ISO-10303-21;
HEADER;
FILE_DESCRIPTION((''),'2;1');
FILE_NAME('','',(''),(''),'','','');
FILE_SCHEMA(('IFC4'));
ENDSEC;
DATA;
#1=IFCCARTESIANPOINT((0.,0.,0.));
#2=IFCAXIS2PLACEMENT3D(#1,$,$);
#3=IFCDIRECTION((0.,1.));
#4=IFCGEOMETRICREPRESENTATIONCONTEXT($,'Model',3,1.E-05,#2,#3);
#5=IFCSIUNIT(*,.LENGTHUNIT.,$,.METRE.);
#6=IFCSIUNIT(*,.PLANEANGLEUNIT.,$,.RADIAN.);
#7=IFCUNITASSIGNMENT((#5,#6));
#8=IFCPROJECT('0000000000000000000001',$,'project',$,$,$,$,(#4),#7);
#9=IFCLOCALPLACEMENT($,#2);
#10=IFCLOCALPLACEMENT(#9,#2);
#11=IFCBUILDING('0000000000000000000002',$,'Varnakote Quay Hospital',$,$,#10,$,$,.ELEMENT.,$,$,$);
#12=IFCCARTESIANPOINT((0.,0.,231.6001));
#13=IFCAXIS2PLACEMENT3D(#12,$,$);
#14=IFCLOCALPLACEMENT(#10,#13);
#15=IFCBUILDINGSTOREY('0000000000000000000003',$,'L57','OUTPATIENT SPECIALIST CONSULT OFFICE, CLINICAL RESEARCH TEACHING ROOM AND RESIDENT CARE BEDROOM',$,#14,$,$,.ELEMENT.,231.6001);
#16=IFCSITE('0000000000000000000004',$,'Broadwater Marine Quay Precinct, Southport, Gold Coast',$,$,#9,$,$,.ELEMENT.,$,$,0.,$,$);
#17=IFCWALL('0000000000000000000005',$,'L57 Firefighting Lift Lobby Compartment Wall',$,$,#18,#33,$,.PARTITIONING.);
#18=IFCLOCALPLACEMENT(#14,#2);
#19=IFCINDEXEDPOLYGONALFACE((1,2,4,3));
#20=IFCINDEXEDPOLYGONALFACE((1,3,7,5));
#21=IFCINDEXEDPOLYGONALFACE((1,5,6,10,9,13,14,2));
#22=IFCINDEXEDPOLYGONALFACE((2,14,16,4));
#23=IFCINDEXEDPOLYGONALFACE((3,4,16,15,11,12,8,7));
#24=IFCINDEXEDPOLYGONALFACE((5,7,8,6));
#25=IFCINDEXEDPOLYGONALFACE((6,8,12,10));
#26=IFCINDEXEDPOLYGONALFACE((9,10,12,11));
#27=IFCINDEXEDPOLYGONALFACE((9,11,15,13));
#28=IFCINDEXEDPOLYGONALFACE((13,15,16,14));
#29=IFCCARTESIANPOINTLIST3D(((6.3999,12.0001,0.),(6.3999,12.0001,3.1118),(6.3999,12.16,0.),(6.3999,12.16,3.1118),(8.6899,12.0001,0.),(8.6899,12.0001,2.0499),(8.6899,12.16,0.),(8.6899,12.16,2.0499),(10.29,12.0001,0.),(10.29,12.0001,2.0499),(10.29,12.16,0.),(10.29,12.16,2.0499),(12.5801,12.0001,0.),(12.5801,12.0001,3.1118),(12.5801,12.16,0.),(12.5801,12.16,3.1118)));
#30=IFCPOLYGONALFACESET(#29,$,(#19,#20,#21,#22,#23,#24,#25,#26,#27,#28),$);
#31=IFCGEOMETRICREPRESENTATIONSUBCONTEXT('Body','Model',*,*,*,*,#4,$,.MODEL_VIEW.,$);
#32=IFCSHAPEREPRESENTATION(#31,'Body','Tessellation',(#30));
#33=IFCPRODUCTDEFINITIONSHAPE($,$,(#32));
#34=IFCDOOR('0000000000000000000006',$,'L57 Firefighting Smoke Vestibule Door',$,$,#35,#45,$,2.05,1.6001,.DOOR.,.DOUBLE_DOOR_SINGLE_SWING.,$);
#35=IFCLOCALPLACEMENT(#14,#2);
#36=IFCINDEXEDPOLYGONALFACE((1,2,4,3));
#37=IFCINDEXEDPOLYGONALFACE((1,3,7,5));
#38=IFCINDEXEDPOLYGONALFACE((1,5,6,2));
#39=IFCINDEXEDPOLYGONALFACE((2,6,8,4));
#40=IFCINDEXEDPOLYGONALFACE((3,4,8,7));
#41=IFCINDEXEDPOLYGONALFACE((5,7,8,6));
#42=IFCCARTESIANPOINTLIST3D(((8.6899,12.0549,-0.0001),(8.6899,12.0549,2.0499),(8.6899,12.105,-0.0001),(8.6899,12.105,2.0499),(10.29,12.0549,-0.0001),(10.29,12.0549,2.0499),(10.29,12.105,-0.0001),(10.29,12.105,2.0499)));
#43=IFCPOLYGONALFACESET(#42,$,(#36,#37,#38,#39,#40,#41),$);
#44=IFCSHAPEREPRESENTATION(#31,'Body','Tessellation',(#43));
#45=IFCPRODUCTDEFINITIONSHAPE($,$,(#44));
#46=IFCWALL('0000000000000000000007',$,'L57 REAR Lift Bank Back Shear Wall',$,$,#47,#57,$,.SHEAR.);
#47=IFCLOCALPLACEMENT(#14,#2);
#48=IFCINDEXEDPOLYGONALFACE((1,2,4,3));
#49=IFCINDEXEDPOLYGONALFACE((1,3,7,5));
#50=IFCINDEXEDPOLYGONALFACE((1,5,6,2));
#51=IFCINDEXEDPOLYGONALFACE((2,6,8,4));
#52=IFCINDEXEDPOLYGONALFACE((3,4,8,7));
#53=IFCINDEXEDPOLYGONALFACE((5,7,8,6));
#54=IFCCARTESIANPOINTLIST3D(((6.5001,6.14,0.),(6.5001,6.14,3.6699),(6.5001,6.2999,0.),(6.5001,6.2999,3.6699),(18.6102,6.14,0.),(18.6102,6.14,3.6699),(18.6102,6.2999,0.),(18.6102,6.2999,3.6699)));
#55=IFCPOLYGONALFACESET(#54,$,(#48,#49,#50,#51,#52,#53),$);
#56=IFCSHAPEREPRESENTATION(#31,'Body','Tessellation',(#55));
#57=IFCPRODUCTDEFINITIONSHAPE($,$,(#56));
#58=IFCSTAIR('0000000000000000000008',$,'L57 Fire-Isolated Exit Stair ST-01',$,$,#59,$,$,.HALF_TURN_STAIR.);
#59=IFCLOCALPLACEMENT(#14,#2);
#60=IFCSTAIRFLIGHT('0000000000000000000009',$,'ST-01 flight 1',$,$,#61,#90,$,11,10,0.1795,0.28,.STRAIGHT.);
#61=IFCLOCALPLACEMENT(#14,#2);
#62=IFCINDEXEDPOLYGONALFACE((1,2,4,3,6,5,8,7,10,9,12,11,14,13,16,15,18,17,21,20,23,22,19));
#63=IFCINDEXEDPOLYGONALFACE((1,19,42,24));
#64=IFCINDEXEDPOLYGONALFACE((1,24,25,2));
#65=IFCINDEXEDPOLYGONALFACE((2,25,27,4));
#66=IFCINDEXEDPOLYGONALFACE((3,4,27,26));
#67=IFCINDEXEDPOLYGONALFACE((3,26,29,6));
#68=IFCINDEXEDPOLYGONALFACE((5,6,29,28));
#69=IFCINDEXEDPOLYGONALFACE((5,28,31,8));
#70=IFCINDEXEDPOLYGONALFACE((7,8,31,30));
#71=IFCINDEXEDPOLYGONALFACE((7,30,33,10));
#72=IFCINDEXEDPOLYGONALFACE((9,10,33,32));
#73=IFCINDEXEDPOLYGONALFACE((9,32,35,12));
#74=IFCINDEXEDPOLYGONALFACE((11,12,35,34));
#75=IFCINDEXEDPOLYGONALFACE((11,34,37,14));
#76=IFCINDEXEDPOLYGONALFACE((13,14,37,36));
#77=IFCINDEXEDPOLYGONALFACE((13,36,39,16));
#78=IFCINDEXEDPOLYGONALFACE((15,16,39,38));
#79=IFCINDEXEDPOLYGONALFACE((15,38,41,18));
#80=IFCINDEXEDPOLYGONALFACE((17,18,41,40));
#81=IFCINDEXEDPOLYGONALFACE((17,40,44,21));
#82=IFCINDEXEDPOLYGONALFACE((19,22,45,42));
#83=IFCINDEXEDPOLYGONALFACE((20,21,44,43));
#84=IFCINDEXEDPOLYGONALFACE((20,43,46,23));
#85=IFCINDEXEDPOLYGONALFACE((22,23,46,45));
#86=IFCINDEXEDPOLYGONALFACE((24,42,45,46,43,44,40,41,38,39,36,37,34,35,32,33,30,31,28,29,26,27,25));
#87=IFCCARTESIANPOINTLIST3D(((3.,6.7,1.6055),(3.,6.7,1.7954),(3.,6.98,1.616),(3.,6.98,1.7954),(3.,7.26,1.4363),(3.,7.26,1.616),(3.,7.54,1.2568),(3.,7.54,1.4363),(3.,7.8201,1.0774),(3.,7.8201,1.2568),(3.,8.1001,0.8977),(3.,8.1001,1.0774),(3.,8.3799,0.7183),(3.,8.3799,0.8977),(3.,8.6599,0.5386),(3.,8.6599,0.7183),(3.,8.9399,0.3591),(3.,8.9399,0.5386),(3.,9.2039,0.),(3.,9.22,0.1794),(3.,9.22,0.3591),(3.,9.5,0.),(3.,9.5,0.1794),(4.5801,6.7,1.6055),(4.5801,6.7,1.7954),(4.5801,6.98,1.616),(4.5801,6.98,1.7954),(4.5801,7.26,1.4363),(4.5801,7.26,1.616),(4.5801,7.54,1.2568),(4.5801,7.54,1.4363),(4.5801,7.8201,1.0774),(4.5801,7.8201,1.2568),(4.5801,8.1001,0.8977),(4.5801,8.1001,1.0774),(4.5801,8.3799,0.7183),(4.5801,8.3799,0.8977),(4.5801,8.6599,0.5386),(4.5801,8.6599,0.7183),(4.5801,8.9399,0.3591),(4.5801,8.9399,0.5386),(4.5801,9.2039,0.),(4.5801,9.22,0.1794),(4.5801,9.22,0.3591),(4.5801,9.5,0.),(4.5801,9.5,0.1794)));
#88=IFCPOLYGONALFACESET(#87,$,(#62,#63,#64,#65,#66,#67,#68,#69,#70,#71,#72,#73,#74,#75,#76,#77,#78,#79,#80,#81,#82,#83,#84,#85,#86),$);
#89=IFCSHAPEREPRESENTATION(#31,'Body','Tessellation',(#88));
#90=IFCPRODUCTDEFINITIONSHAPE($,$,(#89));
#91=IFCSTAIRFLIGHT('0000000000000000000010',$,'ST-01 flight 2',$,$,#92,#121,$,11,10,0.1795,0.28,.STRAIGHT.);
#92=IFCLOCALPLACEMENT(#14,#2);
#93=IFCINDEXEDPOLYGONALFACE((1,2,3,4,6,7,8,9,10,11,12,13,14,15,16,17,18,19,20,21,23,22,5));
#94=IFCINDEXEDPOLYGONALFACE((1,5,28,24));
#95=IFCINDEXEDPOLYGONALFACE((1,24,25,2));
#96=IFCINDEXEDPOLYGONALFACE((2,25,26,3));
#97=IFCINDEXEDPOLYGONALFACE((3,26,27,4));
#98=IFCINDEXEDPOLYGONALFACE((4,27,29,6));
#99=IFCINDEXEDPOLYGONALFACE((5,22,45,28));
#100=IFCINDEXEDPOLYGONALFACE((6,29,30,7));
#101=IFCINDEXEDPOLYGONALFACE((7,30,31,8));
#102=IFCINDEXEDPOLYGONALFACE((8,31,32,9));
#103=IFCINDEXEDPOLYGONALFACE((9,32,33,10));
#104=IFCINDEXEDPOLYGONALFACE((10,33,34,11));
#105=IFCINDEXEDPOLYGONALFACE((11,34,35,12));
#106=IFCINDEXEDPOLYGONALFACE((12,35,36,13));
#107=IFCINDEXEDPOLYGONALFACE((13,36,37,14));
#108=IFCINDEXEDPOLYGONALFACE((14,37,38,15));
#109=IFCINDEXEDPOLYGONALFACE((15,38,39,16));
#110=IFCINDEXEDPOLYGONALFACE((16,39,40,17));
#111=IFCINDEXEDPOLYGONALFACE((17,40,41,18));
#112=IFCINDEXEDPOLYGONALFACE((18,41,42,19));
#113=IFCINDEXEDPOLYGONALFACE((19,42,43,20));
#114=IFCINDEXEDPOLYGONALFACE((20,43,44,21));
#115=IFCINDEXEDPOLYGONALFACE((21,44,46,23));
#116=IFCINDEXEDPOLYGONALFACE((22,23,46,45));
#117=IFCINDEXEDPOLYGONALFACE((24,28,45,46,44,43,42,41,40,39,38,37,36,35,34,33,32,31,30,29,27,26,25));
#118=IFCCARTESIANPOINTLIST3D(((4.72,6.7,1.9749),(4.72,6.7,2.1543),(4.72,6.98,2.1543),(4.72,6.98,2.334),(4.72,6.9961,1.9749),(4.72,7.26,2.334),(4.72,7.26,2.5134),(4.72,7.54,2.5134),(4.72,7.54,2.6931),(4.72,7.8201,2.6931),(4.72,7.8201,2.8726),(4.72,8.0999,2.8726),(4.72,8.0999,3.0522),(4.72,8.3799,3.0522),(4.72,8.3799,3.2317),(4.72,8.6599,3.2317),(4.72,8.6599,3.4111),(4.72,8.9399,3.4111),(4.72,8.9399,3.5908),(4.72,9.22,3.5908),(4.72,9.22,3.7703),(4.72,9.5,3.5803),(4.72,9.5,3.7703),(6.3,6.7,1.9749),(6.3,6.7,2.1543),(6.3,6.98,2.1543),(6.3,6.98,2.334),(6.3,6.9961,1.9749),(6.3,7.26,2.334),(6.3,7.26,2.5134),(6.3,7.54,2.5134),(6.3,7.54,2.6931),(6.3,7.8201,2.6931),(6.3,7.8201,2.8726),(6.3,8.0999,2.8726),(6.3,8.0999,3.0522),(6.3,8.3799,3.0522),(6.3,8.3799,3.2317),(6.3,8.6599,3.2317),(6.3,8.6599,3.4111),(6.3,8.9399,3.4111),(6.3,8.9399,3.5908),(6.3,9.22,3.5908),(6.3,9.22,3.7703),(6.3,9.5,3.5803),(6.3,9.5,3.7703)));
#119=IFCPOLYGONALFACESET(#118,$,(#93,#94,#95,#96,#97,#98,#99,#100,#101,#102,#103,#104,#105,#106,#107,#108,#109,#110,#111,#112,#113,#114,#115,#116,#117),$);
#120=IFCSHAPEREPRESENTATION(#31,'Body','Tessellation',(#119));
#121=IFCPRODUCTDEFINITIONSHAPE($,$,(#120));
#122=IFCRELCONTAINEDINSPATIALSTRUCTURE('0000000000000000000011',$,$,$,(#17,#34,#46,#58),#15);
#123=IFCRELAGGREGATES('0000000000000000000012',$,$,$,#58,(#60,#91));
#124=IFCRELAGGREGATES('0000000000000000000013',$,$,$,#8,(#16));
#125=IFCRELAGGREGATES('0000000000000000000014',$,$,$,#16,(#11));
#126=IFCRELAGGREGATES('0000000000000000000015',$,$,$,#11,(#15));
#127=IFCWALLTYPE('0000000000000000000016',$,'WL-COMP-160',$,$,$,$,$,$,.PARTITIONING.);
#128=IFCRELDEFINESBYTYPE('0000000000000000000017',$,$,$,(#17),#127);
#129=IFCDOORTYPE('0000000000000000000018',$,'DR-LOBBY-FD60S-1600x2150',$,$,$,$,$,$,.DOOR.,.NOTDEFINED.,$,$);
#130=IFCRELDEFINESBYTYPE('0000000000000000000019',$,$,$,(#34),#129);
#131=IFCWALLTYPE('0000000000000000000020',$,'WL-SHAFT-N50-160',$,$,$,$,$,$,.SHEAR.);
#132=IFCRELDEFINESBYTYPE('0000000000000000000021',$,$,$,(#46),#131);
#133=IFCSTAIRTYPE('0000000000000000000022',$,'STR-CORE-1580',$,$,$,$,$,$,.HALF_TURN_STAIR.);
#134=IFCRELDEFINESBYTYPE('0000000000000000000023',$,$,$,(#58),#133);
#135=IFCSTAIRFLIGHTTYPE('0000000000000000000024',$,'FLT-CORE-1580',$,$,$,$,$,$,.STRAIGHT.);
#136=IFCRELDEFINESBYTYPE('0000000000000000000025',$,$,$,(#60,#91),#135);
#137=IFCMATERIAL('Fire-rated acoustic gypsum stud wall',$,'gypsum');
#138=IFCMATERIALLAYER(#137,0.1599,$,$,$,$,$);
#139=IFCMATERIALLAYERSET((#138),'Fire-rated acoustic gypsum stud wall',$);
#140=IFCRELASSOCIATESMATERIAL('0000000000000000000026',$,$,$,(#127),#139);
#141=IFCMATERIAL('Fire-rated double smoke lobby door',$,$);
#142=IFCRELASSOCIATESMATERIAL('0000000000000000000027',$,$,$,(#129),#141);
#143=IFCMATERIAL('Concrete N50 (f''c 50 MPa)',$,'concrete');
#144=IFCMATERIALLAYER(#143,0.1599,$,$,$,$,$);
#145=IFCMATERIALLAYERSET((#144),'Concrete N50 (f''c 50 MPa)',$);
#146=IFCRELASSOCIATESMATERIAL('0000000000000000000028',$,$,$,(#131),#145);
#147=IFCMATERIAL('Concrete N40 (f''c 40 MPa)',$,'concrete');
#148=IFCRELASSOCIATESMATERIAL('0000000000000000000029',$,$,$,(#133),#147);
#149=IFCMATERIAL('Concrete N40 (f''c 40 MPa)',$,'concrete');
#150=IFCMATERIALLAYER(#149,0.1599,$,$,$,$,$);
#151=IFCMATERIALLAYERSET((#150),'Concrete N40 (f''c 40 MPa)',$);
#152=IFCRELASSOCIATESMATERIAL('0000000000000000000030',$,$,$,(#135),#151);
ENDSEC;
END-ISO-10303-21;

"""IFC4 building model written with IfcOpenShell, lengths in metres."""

from ifc_helpers import new_model, si_unit, direction, frame, frame_2d, origin, place, context, subcontext, project, spatial, polyline, rectangle, outline, extrude, material, layer, layer_set, type_object, element, fill, aggregate, save


model = new_model("IFC4")

# Units and contexts
model_context = context("Model", 3, precision=1e-05, world=origin(), true_north=direction((0.0, 1.0)))
body_context = subcontext(model_context, "Body", "Model", "MODEL_VIEW")
ifc_project = project(units=[si_unit("LENGTHUNIT", "METRE"), si_unit("PLANEANGLEUNIT", "RADIAN")], contexts=[model_context])

# Site, building, storey
site_placement = place(None, origin())
site = spatial("IfcSite", under=ifc_project, at=site_placement, Name="Broadwater Marine Quay Precinct, Southport, Gold Coast", CompositionType="ELEMENT", RefElevation=0.0)
building_placement = place(site_placement, origin())
building = spatial("IfcBuilding", under=site, at=building_placement, Name="Varnakote Quay Hospital", CompositionType="ELEMENT")
storey_placement = place(building_placement, frame((0.0, 0.0, 231.6001)))
storey = spatial("IfcBuildingStorey", under=building, at=storey_placement, Name="L57", Description="OUTPATIENT SPECIALIST CONSULT OFFICE, CLINICAL RESEARCH TEACHING ROOM AND RESIDENT CARE BEDROOM", CompositionType="ELEMENT", Elevation=231.6001)

# Shared definitions
ifc_material_1 = material(Name="Fire-rated acoustic gypsum stud wall", Category="gypsum")
ifc_layer_1 = layer(ifc_material_1, 0.1599)
ifc_layer_set_1 = layer_set([ifc_layer_1], Name="Fire-rated acoustic gypsum stud wall")
wall_type_1 = type_object("IfcWallType", Name="WL-COMP-160", PredefinedType="PARTITIONING", material=ifc_layer_set_1)

# Shared definitions
ifc_material_2 = material(Name="Fire-rated double smoke lobby door")
door_type_1 = type_object("IfcDoorType", Name="DR-LOBBY-FD60S-1600x2150", OperationType="NOTDEFINED", PredefinedType="DOOR", material=ifc_material_2)

# Wall, opening, door
wall_1_placement = place(storey_placement, frame((6.3999, 12.0801, 0.0), z_axis=(0.0, 0.0, 1.0), x_axis=(1.0, 0.0, 0.0)))
wall_1 = element("IfcWall", 1, at=wall_1_placement, inside=storey, type_object=wall_type_1, Name="L57 Firefighting Lift Lobby Compartment Wall", PredefinedType="PARTITIONING", context=body_context, shape_type="SweptSolid", body=[
    extrude(rectangle(XDim=6.1802, YDim=0.1599, at=frame_2d((3.0901, 0.0))), origin(), (0.0, 0.0, 1.0), 3.1118),
])
opening_1_placement = place(wall_1_placement, frame((2.29, 0.0, 0.0)))
opening_1 = element("IfcOpeningElement", 2, at=opening_1_placement, cuts=wall_1, PredefinedType="OPENING", context=body_context, shape_type="SweptSolid", body=[
    extrude(rectangle(XDim=1.6001, YDim=2.05, at=frame_2d((0.8, 1.0249))), frame((0.0, 0.0898, 0.0), z_axis=(0.0, -1.0, 0.0), x_axis=(1.0, 0.0, 0.0)), (0.0, 0.0, 1.0), 0.1799),
])
door_1_placement = place(opening_1_placement, origin())
door_1 = element("IfcDoor", 3, at=door_1_placement, inside=storey, type_object=door_type_1, Name="L57 Firefighting Smoke Vestibule Door", OperationType="DOUBLE_DOOR_SINGLE_SWING", OverallHeight=2.05, OverallWidth=1.6001, PredefinedType="DOOR", context=body_context, shape_type="SweptSolid", body=[
    extrude(rectangle(XDim=1.6001, YDim=2.05, at=frame_2d((0.8, 1.0249))), frame((0.0, 0.0249, 0.0), z_axis=(0.0, -1.0, 0.0), x_axis=(1.0, 0.0, 0.0)), (0.0, 0.0, 1.0), 0.05),
])
fill(opening_1, door_1)

# Wall
ifc_material_3 = material(Name="Concrete N50 (f'c 50 MPa)", Category="concrete")
ifc_layer_2 = layer(ifc_material_3, 0.1599)
ifc_layer_set_2 = layer_set([ifc_layer_2], Name="Concrete N50 (f'c 50 MPa)")
wall_type_2 = type_object("IfcWallType", Name="WL-SHAFT-N50-160", PredefinedType="SHEAR", material=ifc_layer_set_2)
wall_2_placement = place(storey_placement, frame((6.5, 6.22, 0.0), z_axis=(0.0, 0.0, 1.0), x_axis=(1.0, 0.0, 0.0)))
element("IfcWall", 4, at=wall_2_placement, inside=storey, type_object=wall_type_2, Name="L57 REAR Lift Bank Back Shear Wall", PredefinedType="SHEAR", context=body_context, shape_type="SweptSolid", body=[
    extrude(rectangle(XDim=12.1101, YDim=0.1599, at=frame_2d((6.0552, 0.0))), origin(), (0.0, 0.0, 1.0), 3.6699),
])

# Stair, stair flights
ifc_material_4 = material(Name="Concrete N40 (f'c 40 MPa)", Category="concrete")
stair_type = type_object("IfcStairType", Name="STR-CORE-1580", PredefinedType="HALF_TURN_STAIR", material=ifc_material_4)
stair_placement = place(storey_placement, origin())
stair = element("IfcStair", 5, at=stair_placement, inside=storey, type_object=stair_type, Name="L57 Fire-Isolated Exit Stair ST-01", PredefinedType="HALF_TURN_STAIR")
ifc_material_5 = material(Name="Concrete N40 (f'c 40 MPa)", Category="concrete")
ifc_layer_3 = layer(ifc_material_5, 0.1599)
ifc_layer_set_3 = layer_set([ifc_layer_3], Name="Concrete N40 (f'c 40 MPa)")
stair_flight_type = type_object("IfcStairFlightType", Name="FLT-CORE-1580", PredefinedType="STRAIGHT", material=ifc_layer_set_3)
stair_flight_1_placement = place(storey_placement, frame((3.79, 9.5, 0.0), z_axis=(0.0, 0.0, 1.0), x_axis=(0.0, -1.0, 0.0)))
stair_flight_1 = element("IfcStairFlight", 6, at=stair_flight_1_placement, type_object=stair_flight_type, Name="ST-01 flight 1", NumberOfRisers=11, NumberOfTreads=10, PredefinedType="STRAIGHT", RiserHeight=0.1795, TreadLength=0.28, context=body_context, shape_type="SweptSolid", body=[
    extrude(outline(polyline([(0.0, 0.0), (0.0, 0.1794), (0.28, 0.1794), (0.28, 0.3591), (0.5601, 0.3591), (0.5601, 0.5386), (0.8401, 0.5386), (0.8401, 0.7183), (1.1201, 0.7183), (1.1201, 0.8977), (1.3999, 0.8977), (1.3999, 1.0774), (1.6799, 1.0774), (1.6799, 1.2568), (1.96, 1.2568), (1.96, 1.4363), (2.24, 1.4363), (2.24, 1.616), (2.52, 1.616), (2.52, 1.7954), (2.8, 1.7954), (2.8, 1.9751), (2.8, 1.6055), (0.2961, 0.0), (0.0, 0.0)])), frame((0.0, 0.79, 0.0), z_axis=(0.0, -1.0, 0.0), x_axis=(1.0, 0.0, 0.0)), (0.0, 0.0, 1.0), 1.5801),
])
stair_flight_2_placement = place(storey_placement, frame((5.51, 6.7, 1.9749), z_axis=(0.0, 0.0, 1.0), x_axis=(0.0, 1.0, 0.0)))
stair_flight_2 = element("IfcStairFlight", 7, at=stair_flight_2_placement, type_object=stair_flight_type, Name="ST-01 flight 2", NumberOfRisers=11, NumberOfTreads=10, PredefinedType="STRAIGHT", RiserHeight=0.1795, TreadLength=0.28, context=body_context, shape_type="SweptSolid", body=[
    extrude(outline(polyline([(0.0, 0.0), (0.0, 0.1794), (0.28, 0.1794), (0.28, 0.3591), (0.5601, 0.3591), (0.5601, 0.5386), (0.8401, 0.5386), (0.8401, 0.7183), (1.1201, 0.7183), (1.1201, 0.8977), (1.3999, 0.8977), (1.3999, 1.0774), (1.6799, 1.0774), (1.6799, 1.2568), (1.96, 1.2568), (1.96, 1.4363), (2.24, 1.4363), (2.24, 1.616), (2.52, 1.616), (2.52, 1.7954), (2.8, 1.7954), (2.8, 1.9751), (2.8, 1.6055), (0.2961, 0.0), (0.0, 0.0)])), frame((0.0, 0.79, 0.0), z_axis=(0.0, -1.0, 0.0), x_axis=(1.0, 0.0, 0.0)), (0.0, 0.0, 1.0), 1.5801),
])
aggregate(stair, [stair_flight_1, stair_flight_2])

save(model, "model.ifc")
